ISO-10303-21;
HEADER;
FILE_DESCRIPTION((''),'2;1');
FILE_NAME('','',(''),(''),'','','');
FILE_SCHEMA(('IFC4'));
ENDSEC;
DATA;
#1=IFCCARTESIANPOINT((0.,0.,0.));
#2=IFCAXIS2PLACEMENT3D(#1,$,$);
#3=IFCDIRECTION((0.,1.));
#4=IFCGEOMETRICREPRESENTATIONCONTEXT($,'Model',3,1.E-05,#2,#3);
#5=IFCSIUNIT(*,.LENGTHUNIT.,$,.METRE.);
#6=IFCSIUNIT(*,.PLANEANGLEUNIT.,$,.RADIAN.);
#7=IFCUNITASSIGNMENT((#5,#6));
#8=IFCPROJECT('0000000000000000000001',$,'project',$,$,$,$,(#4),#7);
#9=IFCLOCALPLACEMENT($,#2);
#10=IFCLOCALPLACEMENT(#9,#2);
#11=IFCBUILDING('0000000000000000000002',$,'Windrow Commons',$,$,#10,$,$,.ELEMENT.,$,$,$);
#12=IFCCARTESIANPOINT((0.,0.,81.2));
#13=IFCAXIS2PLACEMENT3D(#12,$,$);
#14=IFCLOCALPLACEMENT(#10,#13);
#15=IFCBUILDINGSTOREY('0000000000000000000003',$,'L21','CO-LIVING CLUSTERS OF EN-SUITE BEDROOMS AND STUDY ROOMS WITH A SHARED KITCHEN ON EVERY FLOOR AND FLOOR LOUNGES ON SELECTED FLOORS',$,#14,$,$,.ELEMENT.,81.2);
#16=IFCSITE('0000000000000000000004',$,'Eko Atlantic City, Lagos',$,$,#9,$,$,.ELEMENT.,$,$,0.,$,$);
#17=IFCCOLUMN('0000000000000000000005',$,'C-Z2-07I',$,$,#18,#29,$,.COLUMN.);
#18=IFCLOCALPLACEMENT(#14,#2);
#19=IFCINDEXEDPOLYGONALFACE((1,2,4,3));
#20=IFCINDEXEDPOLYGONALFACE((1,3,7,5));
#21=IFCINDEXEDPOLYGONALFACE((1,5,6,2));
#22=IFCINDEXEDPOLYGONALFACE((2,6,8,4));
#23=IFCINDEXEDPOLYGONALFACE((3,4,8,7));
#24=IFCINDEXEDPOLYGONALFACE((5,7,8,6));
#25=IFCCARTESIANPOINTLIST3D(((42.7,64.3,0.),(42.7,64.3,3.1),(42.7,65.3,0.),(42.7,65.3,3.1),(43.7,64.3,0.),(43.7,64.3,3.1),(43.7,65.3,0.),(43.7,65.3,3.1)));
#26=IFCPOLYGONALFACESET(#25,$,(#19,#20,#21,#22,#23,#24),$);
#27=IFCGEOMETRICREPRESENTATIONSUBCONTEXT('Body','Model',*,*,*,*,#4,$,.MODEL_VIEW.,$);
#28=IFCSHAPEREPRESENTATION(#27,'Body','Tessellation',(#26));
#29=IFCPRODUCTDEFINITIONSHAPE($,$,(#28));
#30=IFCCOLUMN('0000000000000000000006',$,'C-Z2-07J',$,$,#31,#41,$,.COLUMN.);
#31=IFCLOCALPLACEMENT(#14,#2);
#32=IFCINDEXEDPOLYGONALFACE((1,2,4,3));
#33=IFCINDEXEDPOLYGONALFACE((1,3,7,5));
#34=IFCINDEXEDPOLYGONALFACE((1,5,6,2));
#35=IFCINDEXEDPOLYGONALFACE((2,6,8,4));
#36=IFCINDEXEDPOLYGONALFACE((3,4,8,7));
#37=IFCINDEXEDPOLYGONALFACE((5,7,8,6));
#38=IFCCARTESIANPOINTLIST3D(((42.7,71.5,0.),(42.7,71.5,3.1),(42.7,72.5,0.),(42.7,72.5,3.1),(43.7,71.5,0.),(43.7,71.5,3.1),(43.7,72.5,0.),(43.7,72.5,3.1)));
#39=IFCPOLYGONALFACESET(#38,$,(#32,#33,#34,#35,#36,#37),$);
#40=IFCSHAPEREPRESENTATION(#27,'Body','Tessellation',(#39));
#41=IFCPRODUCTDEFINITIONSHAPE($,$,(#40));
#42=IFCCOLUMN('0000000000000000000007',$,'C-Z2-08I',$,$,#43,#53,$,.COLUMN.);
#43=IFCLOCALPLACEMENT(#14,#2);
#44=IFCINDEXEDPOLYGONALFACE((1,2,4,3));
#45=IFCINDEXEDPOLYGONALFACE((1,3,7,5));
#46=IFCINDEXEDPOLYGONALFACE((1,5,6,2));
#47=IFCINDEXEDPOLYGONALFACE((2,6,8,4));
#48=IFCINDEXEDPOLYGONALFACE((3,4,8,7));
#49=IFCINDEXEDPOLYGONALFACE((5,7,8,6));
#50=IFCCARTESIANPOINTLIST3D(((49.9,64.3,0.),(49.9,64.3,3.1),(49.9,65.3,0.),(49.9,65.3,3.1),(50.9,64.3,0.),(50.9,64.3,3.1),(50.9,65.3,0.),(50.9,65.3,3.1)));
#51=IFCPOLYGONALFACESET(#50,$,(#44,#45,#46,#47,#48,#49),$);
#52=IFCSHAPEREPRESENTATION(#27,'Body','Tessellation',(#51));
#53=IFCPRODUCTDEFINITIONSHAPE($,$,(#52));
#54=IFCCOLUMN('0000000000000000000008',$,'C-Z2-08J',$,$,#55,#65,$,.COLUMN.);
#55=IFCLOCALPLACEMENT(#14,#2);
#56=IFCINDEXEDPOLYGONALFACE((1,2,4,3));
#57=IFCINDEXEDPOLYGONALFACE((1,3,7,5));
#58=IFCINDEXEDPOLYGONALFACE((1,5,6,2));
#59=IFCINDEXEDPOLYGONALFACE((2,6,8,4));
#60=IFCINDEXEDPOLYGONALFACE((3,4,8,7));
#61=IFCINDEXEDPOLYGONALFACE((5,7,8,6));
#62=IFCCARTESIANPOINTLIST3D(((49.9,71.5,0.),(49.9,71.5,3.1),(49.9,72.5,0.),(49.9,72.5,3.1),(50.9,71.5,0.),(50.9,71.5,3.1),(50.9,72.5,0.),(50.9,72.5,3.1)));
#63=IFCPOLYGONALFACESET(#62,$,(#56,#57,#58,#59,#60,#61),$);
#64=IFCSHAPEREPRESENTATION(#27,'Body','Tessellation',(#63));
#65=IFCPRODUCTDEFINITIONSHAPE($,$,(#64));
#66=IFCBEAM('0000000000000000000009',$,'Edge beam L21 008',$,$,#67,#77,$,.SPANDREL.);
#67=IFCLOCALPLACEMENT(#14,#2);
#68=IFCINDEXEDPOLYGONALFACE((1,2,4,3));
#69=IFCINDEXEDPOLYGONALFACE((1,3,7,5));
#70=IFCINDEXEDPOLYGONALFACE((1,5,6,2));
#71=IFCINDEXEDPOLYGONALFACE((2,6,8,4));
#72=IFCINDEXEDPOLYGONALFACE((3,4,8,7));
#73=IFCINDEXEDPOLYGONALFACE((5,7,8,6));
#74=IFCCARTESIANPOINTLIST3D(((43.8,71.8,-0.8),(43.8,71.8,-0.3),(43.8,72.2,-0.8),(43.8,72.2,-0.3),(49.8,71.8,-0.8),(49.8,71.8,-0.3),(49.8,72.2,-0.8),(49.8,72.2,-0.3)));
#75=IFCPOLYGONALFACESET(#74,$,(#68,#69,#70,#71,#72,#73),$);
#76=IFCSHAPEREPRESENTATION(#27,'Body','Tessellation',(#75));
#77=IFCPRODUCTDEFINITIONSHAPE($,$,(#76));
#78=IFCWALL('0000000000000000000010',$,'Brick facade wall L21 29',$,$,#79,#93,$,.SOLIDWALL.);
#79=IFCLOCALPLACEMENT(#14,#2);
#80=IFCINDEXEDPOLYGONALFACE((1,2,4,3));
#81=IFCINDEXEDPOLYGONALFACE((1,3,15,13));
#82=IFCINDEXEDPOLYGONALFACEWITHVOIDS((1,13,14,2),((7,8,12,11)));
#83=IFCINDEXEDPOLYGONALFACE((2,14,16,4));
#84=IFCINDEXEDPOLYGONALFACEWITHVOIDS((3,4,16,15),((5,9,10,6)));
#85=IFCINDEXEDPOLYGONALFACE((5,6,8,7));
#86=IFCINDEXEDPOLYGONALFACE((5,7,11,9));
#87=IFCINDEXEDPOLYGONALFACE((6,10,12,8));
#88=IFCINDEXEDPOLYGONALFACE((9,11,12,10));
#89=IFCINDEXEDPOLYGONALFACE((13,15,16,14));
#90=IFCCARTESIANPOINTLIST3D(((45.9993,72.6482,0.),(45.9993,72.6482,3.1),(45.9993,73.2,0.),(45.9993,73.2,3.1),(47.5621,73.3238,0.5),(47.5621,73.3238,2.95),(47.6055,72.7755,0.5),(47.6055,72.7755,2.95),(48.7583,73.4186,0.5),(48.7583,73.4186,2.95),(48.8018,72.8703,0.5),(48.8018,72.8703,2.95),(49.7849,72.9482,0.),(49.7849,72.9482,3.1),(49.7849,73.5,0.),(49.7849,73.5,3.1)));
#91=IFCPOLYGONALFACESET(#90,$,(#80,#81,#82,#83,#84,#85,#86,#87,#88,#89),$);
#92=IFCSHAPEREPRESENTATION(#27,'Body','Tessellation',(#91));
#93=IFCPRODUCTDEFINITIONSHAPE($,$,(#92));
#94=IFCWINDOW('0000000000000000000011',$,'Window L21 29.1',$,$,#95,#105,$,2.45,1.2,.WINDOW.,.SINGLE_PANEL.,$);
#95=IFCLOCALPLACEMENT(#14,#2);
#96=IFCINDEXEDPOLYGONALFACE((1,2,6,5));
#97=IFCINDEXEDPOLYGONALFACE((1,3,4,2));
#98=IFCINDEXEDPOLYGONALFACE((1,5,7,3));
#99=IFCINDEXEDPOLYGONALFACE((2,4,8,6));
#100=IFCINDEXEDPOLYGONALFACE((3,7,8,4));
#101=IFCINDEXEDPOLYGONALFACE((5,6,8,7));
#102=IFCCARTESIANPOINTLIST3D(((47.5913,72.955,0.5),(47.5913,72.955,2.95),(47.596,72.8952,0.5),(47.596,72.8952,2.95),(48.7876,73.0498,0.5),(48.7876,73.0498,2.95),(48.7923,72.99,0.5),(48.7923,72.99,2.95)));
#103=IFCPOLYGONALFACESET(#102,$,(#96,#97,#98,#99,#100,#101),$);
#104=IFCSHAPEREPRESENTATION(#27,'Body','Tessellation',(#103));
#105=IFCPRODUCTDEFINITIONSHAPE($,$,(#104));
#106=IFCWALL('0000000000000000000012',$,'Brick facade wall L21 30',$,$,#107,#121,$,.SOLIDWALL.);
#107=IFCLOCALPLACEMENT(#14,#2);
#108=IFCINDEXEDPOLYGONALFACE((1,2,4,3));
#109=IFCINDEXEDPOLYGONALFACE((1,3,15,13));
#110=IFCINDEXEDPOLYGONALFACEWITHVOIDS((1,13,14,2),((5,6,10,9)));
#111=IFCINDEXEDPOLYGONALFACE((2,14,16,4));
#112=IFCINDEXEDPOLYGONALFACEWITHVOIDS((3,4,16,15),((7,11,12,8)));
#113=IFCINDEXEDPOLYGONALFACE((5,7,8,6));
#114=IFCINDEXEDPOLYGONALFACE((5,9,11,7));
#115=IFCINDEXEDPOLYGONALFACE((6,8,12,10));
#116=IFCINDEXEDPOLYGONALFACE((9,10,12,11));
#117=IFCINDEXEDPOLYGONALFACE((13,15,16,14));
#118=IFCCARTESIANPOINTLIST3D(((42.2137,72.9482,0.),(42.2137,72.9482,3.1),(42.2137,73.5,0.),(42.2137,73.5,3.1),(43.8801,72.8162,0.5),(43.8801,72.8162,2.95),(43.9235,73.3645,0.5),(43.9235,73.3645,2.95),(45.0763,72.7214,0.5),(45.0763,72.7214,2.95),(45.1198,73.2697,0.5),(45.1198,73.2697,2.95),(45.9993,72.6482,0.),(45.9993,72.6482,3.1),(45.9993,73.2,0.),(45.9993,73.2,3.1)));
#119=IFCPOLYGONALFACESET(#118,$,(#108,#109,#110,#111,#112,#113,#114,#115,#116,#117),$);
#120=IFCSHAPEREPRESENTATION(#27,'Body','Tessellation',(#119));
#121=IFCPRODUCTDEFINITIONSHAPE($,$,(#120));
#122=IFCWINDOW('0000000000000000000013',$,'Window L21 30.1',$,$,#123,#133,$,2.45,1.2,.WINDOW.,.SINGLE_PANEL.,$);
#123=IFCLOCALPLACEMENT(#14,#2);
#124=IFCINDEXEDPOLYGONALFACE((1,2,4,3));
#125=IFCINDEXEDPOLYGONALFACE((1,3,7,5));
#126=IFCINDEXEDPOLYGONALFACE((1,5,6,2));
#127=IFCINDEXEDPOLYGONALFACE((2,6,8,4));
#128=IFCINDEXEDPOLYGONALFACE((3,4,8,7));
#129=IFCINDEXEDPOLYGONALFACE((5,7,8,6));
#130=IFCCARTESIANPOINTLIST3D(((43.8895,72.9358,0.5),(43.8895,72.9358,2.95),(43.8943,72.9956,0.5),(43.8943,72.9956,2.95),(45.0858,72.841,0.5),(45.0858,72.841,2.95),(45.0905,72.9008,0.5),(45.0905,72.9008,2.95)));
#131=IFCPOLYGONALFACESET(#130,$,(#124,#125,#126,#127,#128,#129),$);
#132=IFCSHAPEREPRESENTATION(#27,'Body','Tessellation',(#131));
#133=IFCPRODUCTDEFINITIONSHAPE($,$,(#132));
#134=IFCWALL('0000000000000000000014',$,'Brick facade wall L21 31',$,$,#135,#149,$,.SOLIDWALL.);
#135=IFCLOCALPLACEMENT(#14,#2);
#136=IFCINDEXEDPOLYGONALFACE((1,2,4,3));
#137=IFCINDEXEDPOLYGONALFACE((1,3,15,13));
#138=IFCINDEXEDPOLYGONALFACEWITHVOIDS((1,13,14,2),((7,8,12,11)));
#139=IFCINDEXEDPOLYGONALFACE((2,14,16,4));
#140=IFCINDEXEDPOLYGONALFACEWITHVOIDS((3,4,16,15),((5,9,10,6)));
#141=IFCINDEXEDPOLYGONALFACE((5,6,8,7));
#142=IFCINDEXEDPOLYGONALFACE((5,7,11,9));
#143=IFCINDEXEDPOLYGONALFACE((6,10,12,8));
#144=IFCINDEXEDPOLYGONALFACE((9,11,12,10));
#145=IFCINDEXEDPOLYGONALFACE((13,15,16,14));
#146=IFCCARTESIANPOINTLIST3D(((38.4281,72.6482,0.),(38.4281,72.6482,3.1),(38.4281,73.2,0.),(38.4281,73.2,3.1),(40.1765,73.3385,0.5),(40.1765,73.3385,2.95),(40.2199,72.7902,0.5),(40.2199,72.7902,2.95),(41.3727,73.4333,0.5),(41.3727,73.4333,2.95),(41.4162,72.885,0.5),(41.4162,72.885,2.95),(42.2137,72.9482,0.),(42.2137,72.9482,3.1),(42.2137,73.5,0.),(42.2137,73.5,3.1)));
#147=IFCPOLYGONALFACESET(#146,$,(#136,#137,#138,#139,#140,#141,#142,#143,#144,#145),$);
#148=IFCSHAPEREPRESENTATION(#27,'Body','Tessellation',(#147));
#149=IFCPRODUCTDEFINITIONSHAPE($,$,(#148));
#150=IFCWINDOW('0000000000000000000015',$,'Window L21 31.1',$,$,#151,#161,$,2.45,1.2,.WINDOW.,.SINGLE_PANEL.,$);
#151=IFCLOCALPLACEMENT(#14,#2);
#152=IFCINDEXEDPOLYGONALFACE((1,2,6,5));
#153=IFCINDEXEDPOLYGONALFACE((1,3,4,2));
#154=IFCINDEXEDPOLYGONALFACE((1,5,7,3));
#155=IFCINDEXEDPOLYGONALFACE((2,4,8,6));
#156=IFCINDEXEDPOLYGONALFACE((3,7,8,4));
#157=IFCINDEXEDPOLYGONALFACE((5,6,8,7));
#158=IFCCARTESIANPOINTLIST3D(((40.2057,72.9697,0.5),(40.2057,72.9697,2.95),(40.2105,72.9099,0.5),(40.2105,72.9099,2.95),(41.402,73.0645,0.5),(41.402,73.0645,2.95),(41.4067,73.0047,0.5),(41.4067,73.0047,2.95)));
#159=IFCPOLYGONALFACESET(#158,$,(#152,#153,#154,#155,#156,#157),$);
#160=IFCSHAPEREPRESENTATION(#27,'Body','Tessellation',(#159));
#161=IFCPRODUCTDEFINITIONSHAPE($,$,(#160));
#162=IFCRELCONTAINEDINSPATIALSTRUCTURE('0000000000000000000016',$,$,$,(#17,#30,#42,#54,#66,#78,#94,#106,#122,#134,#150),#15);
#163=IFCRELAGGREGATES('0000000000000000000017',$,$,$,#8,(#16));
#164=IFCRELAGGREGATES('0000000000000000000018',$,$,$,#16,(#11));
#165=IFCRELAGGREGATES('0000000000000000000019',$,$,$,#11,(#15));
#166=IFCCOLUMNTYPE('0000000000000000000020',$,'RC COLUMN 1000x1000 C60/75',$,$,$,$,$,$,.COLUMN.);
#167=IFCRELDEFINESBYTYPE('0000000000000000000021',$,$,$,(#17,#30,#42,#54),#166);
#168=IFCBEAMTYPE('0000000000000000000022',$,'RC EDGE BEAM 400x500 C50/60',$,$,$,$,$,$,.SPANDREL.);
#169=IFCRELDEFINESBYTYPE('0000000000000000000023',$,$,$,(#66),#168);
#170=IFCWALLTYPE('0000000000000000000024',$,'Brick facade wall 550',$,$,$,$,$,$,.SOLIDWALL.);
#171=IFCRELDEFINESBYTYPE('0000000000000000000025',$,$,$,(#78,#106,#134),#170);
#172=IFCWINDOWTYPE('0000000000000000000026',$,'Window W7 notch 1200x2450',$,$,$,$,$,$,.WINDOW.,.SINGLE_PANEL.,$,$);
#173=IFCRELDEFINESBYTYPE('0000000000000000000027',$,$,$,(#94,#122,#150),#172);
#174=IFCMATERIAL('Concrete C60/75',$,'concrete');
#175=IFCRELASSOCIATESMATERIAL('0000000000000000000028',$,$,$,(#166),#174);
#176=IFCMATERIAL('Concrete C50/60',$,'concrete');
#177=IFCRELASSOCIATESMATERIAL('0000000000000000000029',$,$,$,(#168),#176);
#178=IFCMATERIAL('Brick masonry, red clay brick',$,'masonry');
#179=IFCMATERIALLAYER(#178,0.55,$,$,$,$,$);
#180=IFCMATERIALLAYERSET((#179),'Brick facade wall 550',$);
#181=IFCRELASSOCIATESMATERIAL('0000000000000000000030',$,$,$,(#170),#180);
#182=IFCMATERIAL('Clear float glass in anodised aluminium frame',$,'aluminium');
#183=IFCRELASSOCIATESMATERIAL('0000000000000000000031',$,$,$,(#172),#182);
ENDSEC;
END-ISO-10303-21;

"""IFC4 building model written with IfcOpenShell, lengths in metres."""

from ifc_helpers import new_model, si_unit, direction, frame, frame_2d, origin, origin_2d, place, context, subcontext, project, spatial, polyline, rectangle, outline, extrude, material, layer, layer_set, material_profile, profile_set, type_object, element, fill, save


model = new_model("IFC4")

# Units and contexts
model_context = context("Model", 3, precision=1e-05, world=origin(), true_north=direction((0.0, 1.0)))
body_context = subcontext(model_context, "Body", "Model", "MODEL_VIEW")
ifc_project = project(units=[si_unit("LENGTHUNIT", "METRE"), si_unit("PLANEANGLEUNIT", "RADIAN")], contexts=[model_context])

# Site, building, storey
site_placement = place(None, origin())
site = spatial("IfcSite", under=ifc_project, at=site_placement, Name="Eko Atlantic City, Lagos", CompositionType="ELEMENT", RefElevation=0.0)
building_placement = place(site_placement, origin())
building = spatial("IfcBuilding", under=site, at=building_placement, Name="Windrow Commons", CompositionType="ELEMENT")
storey_placement = place(building_placement, frame((0.0, 0.0, 81.2)))
storey = spatial("IfcBuildingStorey", under=building, at=storey_placement, Name="L21", Description="CO-LIVING CLUSTERS OF EN-SUITE BEDROOMS AND STUDY ROOMS WITH A SHARED KITCHEN ON EVERY FLOOR AND FLOOR LOUNGES ON SELECTED FLOORS", CompositionType="ELEMENT", Elevation=81.2)

# Columns
ifc_material_1 = material(Name="Concrete C60/75", Category="concrete")
ifc_material_profile_1 = material_profile(ifc_material_1, rectangle(XDim=1.0, YDim=1.0, at=origin_2d()))
ifc_profile_set_1 = profile_set([ifc_material_profile_1], Name="Concrete C60/75")
column_type = type_object("IfcColumnType", Name="RC COLUMN 1000x1000 C60/75", PredefinedType="COLUMN", material=ifc_profile_set_1)
for number, where, z_axis, x_axis, name in (
    (1, (43.2, 64.8, 0.0), (0.0, 0.0, 1.0), (1.0, 0.0, 0.0), "C-Z2-07I"),
    (2, (43.2, 72.0, 0.0), (0.0, 0.0, 1.0), (1.0, 0.0, 0.0), "C-Z2-07J"),
    (3, (50.4, 64.8, 0.0), (0.0, 0.0, 1.0), (1.0, 0.0, 0.0), "C-Z2-08I"),
    (4, (50.4, 72.0, 0.0), (0.0, 0.0, 1.0), (1.0, 0.0, 0.0), "C-Z2-08J"),
):
    element("IfcColumn", number, at=place(storey_placement, frame(where, z_axis=z_axis, x_axis=x_axis)), inside=storey, type_object=column_type, Name=name, PredefinedType="COLUMN", context=body_context, shape_type="SweptSolid", body=[
        extrude(rectangle(XDim=1.0, YDim=1.0, at=origin_2d()), origin(), (0.0, 0.0, 1.0), 3.1),
    ])

# Beam
ifc_material_2 = material(Name="Concrete C50/60", Category="concrete")
ifc_material_profile_2 = material_profile(ifc_material_2, rectangle(XDim=0.4, YDim=0.5, at=origin_2d()))
ifc_profile_set_2 = profile_set([ifc_material_profile_2], Name="Concrete C50/60")
beam_type = type_object("IfcBeamType", Name="RC EDGE BEAM 400x500 C50/60", PredefinedType="SPANDREL", material=ifc_profile_set_2)
beam_placement = place(storey_placement, frame((43.8, 72.0, -0.55), z_axis=(1.0, 0.0, 0.0), x_axis=(0.0, 1.0, 0.0)))
element("IfcBeam", 5, at=beam_placement, inside=storey, type_object=beam_type, Name="Edge beam L21 008", PredefinedType="SPANDREL", context=body_context, shape_type="SweptSolid", body=[
    extrude(rectangle(XDim=0.4, YDim=0.5, at=origin_2d()), origin(), (0.0, 0.0, 1.0), 6.0),
])

# Walls, openings, windows
ifc_material_3 = material(Name="Brick masonry, red clay brick", Category="masonry")
ifc_layer_1 = layer(ifc_material_3, 0.55)
ifc_layer_set_1 = layer_set([ifc_layer_1], Name="Brick facade wall 550")
wall_type_1 = type_object("IfcWallType", Name="Brick facade wall 550", PredefinedType="SOLIDWALL", material=ifc_layer_set_1)
wall_1_placement = place(storey_placement, frame((49.7849, 73.2241, 0.0), z_axis=(0.0, 0.0, 1.0), x_axis=(-0.996875, -0.079, 0.0)))
wall_1 = element("IfcWall", 6, at=wall_1_placement, inside=storey, type_object=wall_type_1, Name="Brick facade wall L21 29", PredefinedType="SOLIDWALL", context=body_context, shape_type="SweptSolid", body=[
    extrude(outline(polyline([(-0.0218, -0.275), (3.7757, -0.275), (3.8193, 0.275), (0.0218, 0.275), (-0.0218, -0.275)])), origin(), (0.0, 0.0, 1.0), 3.1),
])
opening_1_placement = place(wall_1_placement, frame((1.008, 0.0, 0.5)))
opening_1 = element("IfcOpeningElement", 7, at=opening_1_placement, cuts=wall_1, PredefinedType="OPENING", context=body_context, shape_type="SweptSolid", body=[
    extrude(rectangle(XDim=1.2, YDim=2.45, at=frame_2d((0.6, 1.225))), frame((0.0, 0.285, 0.0), z_axis=(0.0, -1.0, 0.0), x_axis=(1.0, 0.0, 0.0)), (0.0, 0.0, 1.0), 0.57),
])
ifc_material_4 = material(Name="Clear float glass in anodised aluminium frame", Category="aluminium")
window_type = type_object("IfcWindowType", Name="Window W7 notch 1200x2450", PartitioningType="SINGLE_PANEL", PredefinedType="WINDOW", material=ifc_material_4)
window_1_placement = place(opening_1_placement, origin())
window_1 = element("IfcWindow", 8, at=window_1_placement, inside=storey, type_object=window_type, Name="Window L21 29.1", OverallHeight=2.45, OverallWidth=1.2, PartitioningType="SINGLE_PANEL", PredefinedType="WINDOW", context=body_context, shape_type="SweptSolid", body=[
    extrude(rectangle(XDim=1.2, YDim=2.45, at=frame_2d((0.6, 1.225))), frame((0.0, 0.155, 0.0), z_axis=(0.0, -1.0, 0.0), x_axis=(1.0, 0.0, 0.0)), (0.0, 0.0, 1.0), 0.06),
])
fill(opening_1, window_1)
wall_2_placement = place(storey_placement, frame((45.9993, 72.9241, 0.0), z_axis=(0.0, 0.0, 1.0), x_axis=(-0.996875, 0.079, 0.0)))
wall_2 = element("IfcWall", 9, at=wall_2_placement, inside=storey, type_object=wall_type_1, Name="Brick facade wall L21 30", PredefinedType="SOLIDWALL", context=body_context, shape_type="SweptSolid", body=[
    extrude(outline(polyline([(0.0218, -0.275), (3.8193, -0.275), (3.7757, 0.275), (-0.0218, 0.275), (0.0218, -0.275)])), origin(), (0.0, 0.0, 1.0), 3.1),
])
opening_2_placement = place(wall_2_placement, frame((0.9041, 0.0, 0.5)))
opening_2 = element("IfcOpeningElement", 10, at=opening_2_placement, cuts=wall_2, PredefinedType="OPENING", context=body_context, shape_type="SweptSolid", body=[
    extrude(rectangle(XDim=1.2, YDim=2.45, at=frame_2d((0.6, 1.225))), frame((0.0, 0.285, 0.0), z_axis=(0.0, -1.0, 0.0), x_axis=(1.0, 0.0, 0.0)), (0.0, 0.0, 1.0), 0.57),
])
window_2_placement = place(opening_2_placement, origin())
window_2 = element("IfcWindow", 11, at=window_2_placement, inside=storey, type_object=window_type, Name="Window L21 30.1", OverallHeight=2.45, OverallWidth=1.2, PartitioningType="SINGLE_PANEL", PredefinedType="WINDOW", context=body_context, shape_type="SweptSolid", body=[
    extrude(rectangle(XDim=1.2, YDim=2.45, at=frame_2d((0.6, 1.225))), frame((0.0, 0.155, 0.0), z_axis=(0.0, -1.0, 0.0), x_axis=(1.0, 0.0, 0.0)), (0.0, 0.0, 1.0), 0.06),
])
fill(opening_2, window_2)
wall_3_placement = place(storey_placement, frame((42.2137, 73.2241, 0.0), z_axis=(0.0, 0.0, 1.0), x_axis=(-0.996875, -0.079, 0.0)))
wall_3 = element("IfcWall", 12, at=wall_3_placement, inside=storey, type_object=wall_type_1, Name="Brick facade wall L21 31", PredefinedType="SOLIDWALL", context=body_context, shape_type="SweptSolid", body=[
    extrude(outline(polyline([(-0.0218, -0.275), (3.7757, -0.275), (3.8193, 0.275), (0.0218, 0.275), (-0.0218, -0.275)])), origin(), (0.0, 0.0, 1.0), 3.1),
])
opening_3_placement = place(wall_3_placement, frame((0.8218, 0.0, 0.5)))
opening_3 = element("IfcOpeningElement", 13, at=opening_3_placement, cuts=wall_3, PredefinedType="OPENING", context=body_context, shape_type="SweptSolid", body=[
    extrude(rectangle(XDim=1.2, YDim=2.45, at=frame_2d((0.6, 1.225))), frame((0.0, 0.285, 0.0), z_axis=(0.0, -1.0, 0.0), x_axis=(1.0, 0.0, 0.0)), (0.0, 0.0, 1.0), 0.57),
])
window_3_placement = place(opening_3_placement, origin())
window_3 = element("IfcWindow", 14, at=window_3_placement, inside=storey, type_object=window_type, Name="Window L21 31.1", OverallHeight=2.45, OverallWidth=1.2, PartitioningType="SINGLE_PANEL", PredefinedType="WINDOW", context=body_context, shape_type="SweptSolid", body=[
    extrude(rectangle(XDim=1.2, YDim=2.45, at=frame_2d((0.6, 1.225))), frame((0.0, 0.155, 0.0), z_axis=(0.0, -1.0, 0.0), x_axis=(1.0, 0.0, 0.0)), (0.0, 0.0, 1.0), 0.06),
])
fill(opening_3, window_3)

save(model, "model.ifc")
